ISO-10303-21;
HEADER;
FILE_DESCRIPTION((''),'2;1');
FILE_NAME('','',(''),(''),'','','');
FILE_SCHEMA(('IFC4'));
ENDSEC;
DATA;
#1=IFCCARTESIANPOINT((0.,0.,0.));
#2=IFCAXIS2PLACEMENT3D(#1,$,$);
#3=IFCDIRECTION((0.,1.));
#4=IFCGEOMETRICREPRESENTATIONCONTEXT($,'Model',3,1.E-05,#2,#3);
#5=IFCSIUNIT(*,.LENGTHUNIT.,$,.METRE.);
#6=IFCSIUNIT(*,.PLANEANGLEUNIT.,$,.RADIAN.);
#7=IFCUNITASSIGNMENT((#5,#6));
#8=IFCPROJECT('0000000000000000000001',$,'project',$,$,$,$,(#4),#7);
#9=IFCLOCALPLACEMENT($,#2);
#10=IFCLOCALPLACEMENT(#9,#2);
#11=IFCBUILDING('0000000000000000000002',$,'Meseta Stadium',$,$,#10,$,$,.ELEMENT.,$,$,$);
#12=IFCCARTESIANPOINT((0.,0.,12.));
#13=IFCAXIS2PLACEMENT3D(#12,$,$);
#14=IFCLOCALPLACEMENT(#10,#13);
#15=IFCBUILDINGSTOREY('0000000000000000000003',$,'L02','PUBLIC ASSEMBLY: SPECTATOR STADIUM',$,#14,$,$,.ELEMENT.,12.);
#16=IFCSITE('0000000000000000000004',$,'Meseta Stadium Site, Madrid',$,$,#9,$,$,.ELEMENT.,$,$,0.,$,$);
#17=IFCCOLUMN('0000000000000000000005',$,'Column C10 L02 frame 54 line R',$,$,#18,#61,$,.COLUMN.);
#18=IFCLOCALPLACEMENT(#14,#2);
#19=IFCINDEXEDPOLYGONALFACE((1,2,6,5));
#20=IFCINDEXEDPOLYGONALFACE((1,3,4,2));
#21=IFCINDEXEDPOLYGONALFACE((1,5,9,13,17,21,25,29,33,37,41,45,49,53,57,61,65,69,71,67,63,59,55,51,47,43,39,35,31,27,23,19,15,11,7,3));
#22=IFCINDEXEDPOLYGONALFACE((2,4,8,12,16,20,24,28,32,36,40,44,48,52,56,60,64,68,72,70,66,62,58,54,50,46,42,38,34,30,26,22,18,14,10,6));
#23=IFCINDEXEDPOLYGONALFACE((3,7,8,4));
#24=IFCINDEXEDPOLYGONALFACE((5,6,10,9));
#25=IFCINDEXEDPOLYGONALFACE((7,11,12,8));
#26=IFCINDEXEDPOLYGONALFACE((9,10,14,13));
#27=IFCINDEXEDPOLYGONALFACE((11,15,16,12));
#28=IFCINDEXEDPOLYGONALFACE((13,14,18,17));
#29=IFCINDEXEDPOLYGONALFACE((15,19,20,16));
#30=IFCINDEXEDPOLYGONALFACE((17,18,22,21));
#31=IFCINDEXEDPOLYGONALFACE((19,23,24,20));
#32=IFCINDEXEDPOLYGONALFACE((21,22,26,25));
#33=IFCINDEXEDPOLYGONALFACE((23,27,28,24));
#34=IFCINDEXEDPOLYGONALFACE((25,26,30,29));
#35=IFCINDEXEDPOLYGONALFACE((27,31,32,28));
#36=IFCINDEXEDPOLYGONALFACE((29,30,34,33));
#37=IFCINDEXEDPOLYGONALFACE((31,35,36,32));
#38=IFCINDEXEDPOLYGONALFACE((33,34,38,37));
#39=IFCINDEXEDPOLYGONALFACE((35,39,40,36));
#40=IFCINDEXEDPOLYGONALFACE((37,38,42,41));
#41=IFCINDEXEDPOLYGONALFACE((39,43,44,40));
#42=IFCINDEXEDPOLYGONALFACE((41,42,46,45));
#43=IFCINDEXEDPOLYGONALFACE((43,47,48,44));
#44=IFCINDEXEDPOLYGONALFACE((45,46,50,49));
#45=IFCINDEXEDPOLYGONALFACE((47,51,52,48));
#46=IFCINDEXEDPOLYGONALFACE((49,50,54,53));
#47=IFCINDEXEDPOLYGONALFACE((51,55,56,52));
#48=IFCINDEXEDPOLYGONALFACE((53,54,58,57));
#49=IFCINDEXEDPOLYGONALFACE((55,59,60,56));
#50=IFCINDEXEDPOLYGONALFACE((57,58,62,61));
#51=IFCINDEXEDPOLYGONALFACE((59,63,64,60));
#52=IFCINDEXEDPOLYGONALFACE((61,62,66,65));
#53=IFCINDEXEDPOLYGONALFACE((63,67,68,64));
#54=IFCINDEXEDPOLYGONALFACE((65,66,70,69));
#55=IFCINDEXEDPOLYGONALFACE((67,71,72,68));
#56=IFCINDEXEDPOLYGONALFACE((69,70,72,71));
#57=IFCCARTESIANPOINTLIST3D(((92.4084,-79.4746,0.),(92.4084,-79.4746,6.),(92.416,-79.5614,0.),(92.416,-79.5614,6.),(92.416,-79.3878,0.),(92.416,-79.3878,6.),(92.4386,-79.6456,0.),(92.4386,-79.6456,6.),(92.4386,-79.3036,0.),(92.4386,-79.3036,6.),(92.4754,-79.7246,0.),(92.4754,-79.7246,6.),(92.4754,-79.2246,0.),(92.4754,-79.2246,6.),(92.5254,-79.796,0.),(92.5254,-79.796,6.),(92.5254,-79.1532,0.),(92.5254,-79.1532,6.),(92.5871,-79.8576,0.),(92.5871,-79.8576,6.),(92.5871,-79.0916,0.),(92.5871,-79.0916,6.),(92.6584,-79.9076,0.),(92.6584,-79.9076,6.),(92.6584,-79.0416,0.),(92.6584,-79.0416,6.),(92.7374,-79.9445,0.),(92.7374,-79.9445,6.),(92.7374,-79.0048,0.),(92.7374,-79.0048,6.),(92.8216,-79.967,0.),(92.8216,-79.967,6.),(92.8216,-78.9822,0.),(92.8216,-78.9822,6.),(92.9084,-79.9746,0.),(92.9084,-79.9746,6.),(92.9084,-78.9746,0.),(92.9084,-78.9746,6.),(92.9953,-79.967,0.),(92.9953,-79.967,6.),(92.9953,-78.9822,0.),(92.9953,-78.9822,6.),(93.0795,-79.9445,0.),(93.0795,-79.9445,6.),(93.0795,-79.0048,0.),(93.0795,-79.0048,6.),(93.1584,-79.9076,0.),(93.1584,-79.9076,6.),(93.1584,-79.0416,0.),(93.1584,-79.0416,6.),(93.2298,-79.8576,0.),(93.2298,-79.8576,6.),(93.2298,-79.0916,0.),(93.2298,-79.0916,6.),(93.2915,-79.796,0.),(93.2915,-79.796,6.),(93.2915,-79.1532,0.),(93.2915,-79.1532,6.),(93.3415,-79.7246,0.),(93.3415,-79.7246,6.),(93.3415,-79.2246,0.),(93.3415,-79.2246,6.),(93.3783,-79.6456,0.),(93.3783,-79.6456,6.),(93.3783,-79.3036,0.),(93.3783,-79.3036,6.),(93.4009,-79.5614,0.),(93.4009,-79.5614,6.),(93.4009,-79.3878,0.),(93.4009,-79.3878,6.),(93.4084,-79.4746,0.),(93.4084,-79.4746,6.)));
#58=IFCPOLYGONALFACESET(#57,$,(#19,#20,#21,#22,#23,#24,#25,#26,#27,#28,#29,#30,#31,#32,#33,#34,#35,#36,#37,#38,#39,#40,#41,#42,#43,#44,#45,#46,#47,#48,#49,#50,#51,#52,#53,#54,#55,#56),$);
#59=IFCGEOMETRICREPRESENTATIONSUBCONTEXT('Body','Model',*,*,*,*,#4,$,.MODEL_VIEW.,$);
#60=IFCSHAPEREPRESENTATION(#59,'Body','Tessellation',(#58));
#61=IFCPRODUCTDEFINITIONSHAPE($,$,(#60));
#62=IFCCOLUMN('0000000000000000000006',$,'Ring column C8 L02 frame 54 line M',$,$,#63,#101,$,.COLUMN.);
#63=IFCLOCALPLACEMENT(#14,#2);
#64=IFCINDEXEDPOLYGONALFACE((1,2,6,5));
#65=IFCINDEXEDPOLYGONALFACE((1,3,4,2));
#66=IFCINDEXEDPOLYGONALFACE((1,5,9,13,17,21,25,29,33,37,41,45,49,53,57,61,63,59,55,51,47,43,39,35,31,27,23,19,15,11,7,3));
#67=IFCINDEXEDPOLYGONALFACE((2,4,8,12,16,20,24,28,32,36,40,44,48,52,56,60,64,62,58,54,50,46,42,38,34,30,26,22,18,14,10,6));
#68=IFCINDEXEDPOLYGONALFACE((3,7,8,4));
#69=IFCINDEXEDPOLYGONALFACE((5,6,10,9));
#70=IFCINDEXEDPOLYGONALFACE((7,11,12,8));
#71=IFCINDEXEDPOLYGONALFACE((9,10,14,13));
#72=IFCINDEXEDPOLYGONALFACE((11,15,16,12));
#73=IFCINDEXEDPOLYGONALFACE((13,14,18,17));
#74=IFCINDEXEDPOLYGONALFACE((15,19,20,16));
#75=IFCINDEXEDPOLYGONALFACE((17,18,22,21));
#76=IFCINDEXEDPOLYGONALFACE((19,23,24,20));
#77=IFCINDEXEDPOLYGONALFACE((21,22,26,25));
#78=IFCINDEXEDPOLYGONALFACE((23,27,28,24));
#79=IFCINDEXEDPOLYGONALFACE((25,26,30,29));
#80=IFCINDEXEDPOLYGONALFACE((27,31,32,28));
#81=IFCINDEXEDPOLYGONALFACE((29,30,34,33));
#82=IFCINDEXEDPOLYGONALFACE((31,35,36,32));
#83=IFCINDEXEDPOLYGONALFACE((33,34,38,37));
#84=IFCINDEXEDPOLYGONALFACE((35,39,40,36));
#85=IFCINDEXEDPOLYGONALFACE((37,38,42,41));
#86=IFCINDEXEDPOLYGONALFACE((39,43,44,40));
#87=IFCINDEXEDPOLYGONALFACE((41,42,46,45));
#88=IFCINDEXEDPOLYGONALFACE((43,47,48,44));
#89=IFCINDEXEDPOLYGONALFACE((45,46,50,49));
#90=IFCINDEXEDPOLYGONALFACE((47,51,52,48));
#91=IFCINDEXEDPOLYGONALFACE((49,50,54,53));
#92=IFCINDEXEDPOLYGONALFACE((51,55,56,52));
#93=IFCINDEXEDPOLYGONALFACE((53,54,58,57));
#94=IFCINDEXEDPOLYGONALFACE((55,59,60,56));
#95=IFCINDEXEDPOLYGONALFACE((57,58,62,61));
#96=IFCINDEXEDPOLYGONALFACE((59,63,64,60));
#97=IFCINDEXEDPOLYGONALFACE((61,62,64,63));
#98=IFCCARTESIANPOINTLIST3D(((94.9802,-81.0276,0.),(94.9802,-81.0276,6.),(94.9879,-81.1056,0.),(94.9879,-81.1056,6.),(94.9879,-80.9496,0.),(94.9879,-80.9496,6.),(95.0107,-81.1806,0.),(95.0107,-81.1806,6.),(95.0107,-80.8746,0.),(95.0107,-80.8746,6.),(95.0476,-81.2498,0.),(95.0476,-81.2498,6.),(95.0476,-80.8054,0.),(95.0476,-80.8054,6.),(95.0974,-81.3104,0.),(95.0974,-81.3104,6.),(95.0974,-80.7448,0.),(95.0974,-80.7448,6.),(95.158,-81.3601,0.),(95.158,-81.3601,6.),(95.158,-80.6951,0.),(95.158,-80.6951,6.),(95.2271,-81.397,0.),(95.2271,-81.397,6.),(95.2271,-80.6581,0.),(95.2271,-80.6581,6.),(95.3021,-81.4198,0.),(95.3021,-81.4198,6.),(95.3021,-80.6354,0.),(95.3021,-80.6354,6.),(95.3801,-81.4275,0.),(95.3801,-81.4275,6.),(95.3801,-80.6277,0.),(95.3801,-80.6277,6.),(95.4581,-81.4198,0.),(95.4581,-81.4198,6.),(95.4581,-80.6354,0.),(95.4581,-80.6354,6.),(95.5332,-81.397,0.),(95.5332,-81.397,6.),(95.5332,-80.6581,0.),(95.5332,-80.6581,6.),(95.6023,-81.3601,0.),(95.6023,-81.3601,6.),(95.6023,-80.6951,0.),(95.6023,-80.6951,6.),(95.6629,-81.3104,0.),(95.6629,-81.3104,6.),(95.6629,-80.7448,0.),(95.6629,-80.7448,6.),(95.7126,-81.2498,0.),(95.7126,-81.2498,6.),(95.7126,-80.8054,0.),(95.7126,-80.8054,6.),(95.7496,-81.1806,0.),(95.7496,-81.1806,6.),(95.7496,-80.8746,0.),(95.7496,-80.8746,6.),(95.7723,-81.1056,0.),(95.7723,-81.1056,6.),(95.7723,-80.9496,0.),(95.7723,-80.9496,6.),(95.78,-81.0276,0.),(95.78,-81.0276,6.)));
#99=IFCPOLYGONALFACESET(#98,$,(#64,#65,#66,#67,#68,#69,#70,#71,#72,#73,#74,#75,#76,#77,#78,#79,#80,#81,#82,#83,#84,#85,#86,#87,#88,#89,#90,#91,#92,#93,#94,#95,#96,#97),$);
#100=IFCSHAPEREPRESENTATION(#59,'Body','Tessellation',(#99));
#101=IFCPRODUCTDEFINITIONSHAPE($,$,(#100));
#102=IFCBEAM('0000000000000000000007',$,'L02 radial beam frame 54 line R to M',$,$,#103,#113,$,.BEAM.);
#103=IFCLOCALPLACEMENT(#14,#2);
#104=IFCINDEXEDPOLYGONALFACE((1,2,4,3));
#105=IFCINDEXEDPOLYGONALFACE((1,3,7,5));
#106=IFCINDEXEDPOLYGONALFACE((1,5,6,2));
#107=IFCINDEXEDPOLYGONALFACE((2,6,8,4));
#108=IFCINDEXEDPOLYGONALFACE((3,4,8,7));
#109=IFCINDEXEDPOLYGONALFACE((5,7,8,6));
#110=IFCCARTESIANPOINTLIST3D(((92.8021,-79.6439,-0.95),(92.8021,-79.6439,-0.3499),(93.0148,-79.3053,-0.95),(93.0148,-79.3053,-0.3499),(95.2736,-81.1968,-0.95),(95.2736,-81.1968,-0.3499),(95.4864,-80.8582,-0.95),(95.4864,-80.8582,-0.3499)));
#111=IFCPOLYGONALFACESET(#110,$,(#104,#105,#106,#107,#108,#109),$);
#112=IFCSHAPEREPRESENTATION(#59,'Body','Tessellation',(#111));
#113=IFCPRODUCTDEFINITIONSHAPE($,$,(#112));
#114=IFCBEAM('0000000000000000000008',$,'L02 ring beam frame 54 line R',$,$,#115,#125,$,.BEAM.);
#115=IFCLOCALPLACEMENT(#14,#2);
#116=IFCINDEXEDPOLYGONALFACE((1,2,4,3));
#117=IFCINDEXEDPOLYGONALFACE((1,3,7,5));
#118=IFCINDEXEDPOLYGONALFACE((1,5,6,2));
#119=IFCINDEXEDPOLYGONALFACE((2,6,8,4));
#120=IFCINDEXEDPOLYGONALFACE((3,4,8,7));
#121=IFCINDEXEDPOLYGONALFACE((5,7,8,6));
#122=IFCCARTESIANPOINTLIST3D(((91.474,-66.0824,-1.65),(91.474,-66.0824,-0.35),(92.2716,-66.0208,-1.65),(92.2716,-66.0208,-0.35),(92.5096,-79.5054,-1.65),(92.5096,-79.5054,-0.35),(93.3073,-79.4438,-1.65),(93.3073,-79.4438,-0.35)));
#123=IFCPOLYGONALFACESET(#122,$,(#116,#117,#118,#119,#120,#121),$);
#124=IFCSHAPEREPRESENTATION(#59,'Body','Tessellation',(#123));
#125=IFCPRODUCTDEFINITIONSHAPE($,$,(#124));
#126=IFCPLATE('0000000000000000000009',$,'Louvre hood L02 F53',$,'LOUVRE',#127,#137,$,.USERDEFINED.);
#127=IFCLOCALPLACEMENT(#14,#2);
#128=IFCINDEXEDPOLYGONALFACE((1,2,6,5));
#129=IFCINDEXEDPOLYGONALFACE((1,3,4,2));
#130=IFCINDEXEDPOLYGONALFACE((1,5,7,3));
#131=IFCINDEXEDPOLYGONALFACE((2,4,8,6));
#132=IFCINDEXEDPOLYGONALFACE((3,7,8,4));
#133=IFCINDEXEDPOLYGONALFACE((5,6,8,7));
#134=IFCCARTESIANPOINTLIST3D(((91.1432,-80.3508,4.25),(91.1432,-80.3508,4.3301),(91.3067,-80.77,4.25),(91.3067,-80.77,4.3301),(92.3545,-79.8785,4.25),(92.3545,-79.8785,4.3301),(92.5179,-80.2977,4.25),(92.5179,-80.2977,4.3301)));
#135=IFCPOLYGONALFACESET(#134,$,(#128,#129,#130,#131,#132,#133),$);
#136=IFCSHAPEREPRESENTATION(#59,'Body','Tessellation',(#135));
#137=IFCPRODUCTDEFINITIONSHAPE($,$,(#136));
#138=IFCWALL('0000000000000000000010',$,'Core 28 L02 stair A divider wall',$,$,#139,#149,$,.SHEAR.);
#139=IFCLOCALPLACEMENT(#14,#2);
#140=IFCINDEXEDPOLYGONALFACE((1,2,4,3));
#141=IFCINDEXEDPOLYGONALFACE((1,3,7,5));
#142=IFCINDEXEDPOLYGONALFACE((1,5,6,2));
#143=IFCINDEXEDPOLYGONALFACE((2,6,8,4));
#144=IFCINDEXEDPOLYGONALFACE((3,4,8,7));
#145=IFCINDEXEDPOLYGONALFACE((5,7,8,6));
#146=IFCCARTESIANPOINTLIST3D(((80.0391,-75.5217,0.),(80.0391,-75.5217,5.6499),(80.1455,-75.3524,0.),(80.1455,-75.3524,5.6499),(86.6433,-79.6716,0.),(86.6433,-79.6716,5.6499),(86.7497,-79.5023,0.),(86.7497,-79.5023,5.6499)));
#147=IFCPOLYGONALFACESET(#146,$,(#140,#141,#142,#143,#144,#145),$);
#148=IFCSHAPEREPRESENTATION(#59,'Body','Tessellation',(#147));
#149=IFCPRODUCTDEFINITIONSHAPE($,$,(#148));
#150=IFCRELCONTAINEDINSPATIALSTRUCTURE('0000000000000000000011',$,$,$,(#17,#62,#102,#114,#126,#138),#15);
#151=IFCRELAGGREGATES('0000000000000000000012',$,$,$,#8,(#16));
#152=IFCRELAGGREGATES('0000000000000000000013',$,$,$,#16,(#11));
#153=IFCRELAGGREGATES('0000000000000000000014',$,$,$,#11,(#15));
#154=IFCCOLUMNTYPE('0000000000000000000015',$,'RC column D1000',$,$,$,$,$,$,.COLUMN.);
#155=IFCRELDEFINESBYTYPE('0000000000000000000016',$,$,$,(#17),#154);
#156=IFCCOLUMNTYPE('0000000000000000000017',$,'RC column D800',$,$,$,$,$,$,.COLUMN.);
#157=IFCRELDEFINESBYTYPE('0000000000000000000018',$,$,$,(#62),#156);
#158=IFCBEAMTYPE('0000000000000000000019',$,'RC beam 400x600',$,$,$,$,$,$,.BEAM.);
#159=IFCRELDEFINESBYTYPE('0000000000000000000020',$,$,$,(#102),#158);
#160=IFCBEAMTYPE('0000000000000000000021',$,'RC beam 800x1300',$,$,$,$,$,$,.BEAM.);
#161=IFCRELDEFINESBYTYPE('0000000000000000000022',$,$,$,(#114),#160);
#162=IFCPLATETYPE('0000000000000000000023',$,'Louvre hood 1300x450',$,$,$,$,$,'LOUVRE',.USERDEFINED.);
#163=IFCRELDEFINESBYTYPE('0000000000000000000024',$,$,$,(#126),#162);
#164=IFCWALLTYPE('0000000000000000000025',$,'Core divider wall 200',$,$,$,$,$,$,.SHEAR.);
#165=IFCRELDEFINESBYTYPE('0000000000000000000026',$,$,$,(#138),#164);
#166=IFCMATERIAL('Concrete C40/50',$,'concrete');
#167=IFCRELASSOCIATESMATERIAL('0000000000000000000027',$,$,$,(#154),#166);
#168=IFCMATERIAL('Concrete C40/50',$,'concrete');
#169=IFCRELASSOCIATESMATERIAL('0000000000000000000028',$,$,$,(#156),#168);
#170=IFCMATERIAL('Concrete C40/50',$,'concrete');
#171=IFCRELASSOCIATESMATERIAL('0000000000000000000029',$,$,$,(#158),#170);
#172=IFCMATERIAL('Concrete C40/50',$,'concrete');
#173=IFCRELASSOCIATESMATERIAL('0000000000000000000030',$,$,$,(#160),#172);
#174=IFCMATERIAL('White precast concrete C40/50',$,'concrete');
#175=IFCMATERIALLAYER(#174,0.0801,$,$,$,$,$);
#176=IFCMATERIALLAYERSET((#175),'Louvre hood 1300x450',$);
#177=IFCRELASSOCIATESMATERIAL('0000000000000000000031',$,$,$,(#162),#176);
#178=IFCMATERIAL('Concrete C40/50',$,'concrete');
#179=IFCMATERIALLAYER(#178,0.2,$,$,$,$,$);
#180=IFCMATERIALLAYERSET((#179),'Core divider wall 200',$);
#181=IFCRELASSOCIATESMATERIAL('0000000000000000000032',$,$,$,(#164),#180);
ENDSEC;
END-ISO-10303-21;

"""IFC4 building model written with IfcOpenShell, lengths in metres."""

from ifc_helpers import new_model, si_unit, direction, frame, frame_2d, origin, origin_2d, place, context, subcontext, project, spatial, rectangle, circle, extrude, material, layer, layer_set, material_profile, profile_set, type_object, element, save


model = new_model("IFC4")

# Units and contexts
model_context = context("Model", 3, precision=1e-05, world=origin(), true_north=direction((0.0, 1.0)))
body_context = subcontext(model_context, "Body", "Model", "MODEL_VIEW")
ifc_project = project(units=[si_unit("LENGTHUNIT", "METRE"), si_unit("PLANEANGLEUNIT", "RADIAN")], contexts=[model_context])

# Site, building, storey
site_placement = place(None, origin())
site = spatial("IfcSite", under=ifc_project, at=site_placement, Name="Meseta Stadium Site, Madrid", CompositionType="ELEMENT", RefElevation=0.0)
building_placement = place(site_placement, origin())
building = spatial("IfcBuilding", under=site, at=building_placement, Name="Meseta Stadium", CompositionType="ELEMENT")
storey_placement = place(building_placement, frame((0.0, 0.0, 12.0)))
storey = spatial("IfcBuildingStorey", under=building, at=storey_placement, Name="L02", Description="PUBLIC ASSEMBLY: SPECTATOR STADIUM", CompositionType="ELEMENT", Elevation=12.0)

# Columns
ifc_material_1 = material(Name="Concrete C40/50", Category="concrete")
ifc_material_profile_1 = material_profile(ifc_material_1, circle(Radius=0.5, at=origin_2d()), Name="RC D1000")
ifc_profile_set_1 = profile_set([ifc_material_profile_1], Name="Concrete C40/50")
column_type_1 = type_object("IfcColumnType", Name="RC column D1000", PredefinedType="COLUMN", material=ifc_profile_set_1)
column_1_placement = place(storey_placement, frame((92.9084, -79.4746, 0.0), z_axis=(0.0, 0.0, 1.0), x_axis=(1.0, 0.0, 0.0)))
element("IfcColumn", 1, at=column_1_placement, inside=storey, type_object=column_type_1, Name="Column C10 L02 frame 54 line R", PredefinedType="COLUMN", context=body_context, shape_type="SweptSolid", body=[
    extrude(circle(Radius=0.5, at=origin_2d()), origin(), (0.0, 0.0, 1.0), 6.0),
])
ifc_material_2 = material(Name="Concrete C40/50", Category="concrete")
ifc_material_profile_2 = material_profile(ifc_material_2, circle(Radius=0.3999, at=origin_2d()), Name="RC D800")
ifc_profile_set_2 = profile_set([ifc_material_profile_2], Name="Concrete C40/50")
column_type_2 = type_object("IfcColumnType", Name="RC column D800", PredefinedType="COLUMN", material=ifc_profile_set_2)
column_2_placement = place(storey_placement, frame((95.3801, -81.0276, 0.0), z_axis=(0.0, 0.0, 1.0), x_axis=(1.0, 0.0, 0.0)))
element("IfcColumn", 2, at=column_2_placement, inside=storey, type_object=column_type_2, Name="Ring column C8 L02 frame 54 line M", PredefinedType="COLUMN", context=body_context, shape_type="SweptSolid", body=[
    extrude(circle(Radius=0.3999, at=origin_2d()), origin(), (0.0, 0.0, 1.0), 6.0),
])

# Beams
ifc_material_3 = material(Name="Concrete C40/50", Category="concrete")
ifc_material_profile_3 = material_profile(ifc_material_3, rectangle(XDim=0.3999, YDim=0.6001, at=origin_2d()), Name="RC 400x600")
ifc_profile_set_3 = profile_set([ifc_material_profile_3], Name="Concrete C40/50")
beam_type_1 = type_object("IfcBeamType", Name="RC beam 400x600", PredefinedType="BEAM", material=ifc_profile_set_3)
beam_1_placement = place(storey_placement, frame((92.9084, -79.4746, -0.6499), z_axis=(0.846737, -0.532012, 0.0), x_axis=(0.532012, 0.846737, 0.0)))
element("IfcBeam", 3, at=beam_1_placement, inside=storey, type_object=beam_type_1, Name="L02 radial beam frame 54 line R to M", PredefinedType="BEAM", context=body_context, shape_type="SweptSolid", body=[
    extrude(rectangle(XDim=0.3999, YDim=0.6001, at=origin_2d()), origin(), (0.0, 0.0, 1.0), 2.9189),
])
ifc_material_4 = material(Name="Concrete C40/50", Category="concrete")
ifc_material_profile_4 = material_profile(ifc_material_4, rectangle(XDim=0.8, YDim=1.3, at=origin_2d()), Name="RC 800x1300")
ifc_profile_set_4 = profile_set([ifc_material_profile_4], Name="Concrete C40/50")
beam_type_2 = type_object("IfcBeamType", Name="RC beam 800x1300", PredefinedType="BEAM", material=ifc_profile_set_4)
beam_2_placement = place(storey_placement, frame((92.9084, -79.4746, -1.0), z_axis=(-0.076925, 0.997037, 0.0), x_axis=(-0.997037, -0.076925, 0.0)))
element("IfcBeam", 4, at=beam_2_placement, inside=storey, type_object=beam_type_2, Name="L02 ring beam frame 54 line R", PredefinedType="BEAM", context=body_context, shape_type="SweptSolid", body=[
    extrude(rectangle(XDim=0.8, YDim=1.3, at=origin_2d()), origin(), (0.0, 0.0, 1.0), 13.4629),
])

# Plate
ifc_material_5 = material(Name="White precast concrete C40/50", Category="concrete")
ifc_layer_1 = layer(ifc_material_5, 0.0801)
ifc_layer_set_1 = layer_set([ifc_layer_1], Name="Louvre hood 1300x450")
plate_type = type_object("IfcPlateType", Name="Louvre hood 1300x450", ElementType="LOUVRE", PredefinedType="USERDEFINED", material=ifc_layer_set_1)
plate_placement = place(storey_placement, frame((91.8306, -80.3242, 4.25), z_axis=(0.0, 0.0, 1.0), x_axis=(0.93168, 0.36328, 0.0)))
element("IfcPlate", 5, at=plate_placement, inside=storey, type_object=plate_type, Name="Louvre hood L02 F53", ObjectType="LOUVRE", PredefinedType="USERDEFINED", context=body_context, shape_type="SweptSolid", body=[
    extrude(rectangle(XDim=1.3, YDim=0.45, at=origin_2d()), origin(), (0.0, 0.0, 1.0), 0.0801),
])

# Wall
ifc_material_6 = material(Name="Concrete C40/50", Category="concrete")
ifc_layer_2 = layer(ifc_material_6, 0.2)
ifc_layer_set_2 = layer_set([ifc_layer_2], Name="Core divider wall 200")
wall_type_1 = type_object("IfcWallType", Name="Core divider wall 200", PredefinedType="SHEAR", material=ifc_layer_set_2)
wall_1_placement = place(storey_placement, frame((86.6965, -79.5869, 0.0), z_axis=(0.0, 0.0, 1.0), x_axis=(-0.846714, 0.532048, 0.0)))
element("IfcWall", 6, at=wall_1_placement, inside=storey, type_object=wall_type_1, Name="Core 28 L02 stair A divider wall", PredefinedType="SHEAR", context=body_context, shape_type="SweptSolid", body=[
    extrude(rectangle(XDim=7.7998, YDim=0.2, at=frame_2d((3.8999, 0.0))), origin(), (0.0, 0.0, 1.0), 5.6499),
])

save(model, "model.ifc")
